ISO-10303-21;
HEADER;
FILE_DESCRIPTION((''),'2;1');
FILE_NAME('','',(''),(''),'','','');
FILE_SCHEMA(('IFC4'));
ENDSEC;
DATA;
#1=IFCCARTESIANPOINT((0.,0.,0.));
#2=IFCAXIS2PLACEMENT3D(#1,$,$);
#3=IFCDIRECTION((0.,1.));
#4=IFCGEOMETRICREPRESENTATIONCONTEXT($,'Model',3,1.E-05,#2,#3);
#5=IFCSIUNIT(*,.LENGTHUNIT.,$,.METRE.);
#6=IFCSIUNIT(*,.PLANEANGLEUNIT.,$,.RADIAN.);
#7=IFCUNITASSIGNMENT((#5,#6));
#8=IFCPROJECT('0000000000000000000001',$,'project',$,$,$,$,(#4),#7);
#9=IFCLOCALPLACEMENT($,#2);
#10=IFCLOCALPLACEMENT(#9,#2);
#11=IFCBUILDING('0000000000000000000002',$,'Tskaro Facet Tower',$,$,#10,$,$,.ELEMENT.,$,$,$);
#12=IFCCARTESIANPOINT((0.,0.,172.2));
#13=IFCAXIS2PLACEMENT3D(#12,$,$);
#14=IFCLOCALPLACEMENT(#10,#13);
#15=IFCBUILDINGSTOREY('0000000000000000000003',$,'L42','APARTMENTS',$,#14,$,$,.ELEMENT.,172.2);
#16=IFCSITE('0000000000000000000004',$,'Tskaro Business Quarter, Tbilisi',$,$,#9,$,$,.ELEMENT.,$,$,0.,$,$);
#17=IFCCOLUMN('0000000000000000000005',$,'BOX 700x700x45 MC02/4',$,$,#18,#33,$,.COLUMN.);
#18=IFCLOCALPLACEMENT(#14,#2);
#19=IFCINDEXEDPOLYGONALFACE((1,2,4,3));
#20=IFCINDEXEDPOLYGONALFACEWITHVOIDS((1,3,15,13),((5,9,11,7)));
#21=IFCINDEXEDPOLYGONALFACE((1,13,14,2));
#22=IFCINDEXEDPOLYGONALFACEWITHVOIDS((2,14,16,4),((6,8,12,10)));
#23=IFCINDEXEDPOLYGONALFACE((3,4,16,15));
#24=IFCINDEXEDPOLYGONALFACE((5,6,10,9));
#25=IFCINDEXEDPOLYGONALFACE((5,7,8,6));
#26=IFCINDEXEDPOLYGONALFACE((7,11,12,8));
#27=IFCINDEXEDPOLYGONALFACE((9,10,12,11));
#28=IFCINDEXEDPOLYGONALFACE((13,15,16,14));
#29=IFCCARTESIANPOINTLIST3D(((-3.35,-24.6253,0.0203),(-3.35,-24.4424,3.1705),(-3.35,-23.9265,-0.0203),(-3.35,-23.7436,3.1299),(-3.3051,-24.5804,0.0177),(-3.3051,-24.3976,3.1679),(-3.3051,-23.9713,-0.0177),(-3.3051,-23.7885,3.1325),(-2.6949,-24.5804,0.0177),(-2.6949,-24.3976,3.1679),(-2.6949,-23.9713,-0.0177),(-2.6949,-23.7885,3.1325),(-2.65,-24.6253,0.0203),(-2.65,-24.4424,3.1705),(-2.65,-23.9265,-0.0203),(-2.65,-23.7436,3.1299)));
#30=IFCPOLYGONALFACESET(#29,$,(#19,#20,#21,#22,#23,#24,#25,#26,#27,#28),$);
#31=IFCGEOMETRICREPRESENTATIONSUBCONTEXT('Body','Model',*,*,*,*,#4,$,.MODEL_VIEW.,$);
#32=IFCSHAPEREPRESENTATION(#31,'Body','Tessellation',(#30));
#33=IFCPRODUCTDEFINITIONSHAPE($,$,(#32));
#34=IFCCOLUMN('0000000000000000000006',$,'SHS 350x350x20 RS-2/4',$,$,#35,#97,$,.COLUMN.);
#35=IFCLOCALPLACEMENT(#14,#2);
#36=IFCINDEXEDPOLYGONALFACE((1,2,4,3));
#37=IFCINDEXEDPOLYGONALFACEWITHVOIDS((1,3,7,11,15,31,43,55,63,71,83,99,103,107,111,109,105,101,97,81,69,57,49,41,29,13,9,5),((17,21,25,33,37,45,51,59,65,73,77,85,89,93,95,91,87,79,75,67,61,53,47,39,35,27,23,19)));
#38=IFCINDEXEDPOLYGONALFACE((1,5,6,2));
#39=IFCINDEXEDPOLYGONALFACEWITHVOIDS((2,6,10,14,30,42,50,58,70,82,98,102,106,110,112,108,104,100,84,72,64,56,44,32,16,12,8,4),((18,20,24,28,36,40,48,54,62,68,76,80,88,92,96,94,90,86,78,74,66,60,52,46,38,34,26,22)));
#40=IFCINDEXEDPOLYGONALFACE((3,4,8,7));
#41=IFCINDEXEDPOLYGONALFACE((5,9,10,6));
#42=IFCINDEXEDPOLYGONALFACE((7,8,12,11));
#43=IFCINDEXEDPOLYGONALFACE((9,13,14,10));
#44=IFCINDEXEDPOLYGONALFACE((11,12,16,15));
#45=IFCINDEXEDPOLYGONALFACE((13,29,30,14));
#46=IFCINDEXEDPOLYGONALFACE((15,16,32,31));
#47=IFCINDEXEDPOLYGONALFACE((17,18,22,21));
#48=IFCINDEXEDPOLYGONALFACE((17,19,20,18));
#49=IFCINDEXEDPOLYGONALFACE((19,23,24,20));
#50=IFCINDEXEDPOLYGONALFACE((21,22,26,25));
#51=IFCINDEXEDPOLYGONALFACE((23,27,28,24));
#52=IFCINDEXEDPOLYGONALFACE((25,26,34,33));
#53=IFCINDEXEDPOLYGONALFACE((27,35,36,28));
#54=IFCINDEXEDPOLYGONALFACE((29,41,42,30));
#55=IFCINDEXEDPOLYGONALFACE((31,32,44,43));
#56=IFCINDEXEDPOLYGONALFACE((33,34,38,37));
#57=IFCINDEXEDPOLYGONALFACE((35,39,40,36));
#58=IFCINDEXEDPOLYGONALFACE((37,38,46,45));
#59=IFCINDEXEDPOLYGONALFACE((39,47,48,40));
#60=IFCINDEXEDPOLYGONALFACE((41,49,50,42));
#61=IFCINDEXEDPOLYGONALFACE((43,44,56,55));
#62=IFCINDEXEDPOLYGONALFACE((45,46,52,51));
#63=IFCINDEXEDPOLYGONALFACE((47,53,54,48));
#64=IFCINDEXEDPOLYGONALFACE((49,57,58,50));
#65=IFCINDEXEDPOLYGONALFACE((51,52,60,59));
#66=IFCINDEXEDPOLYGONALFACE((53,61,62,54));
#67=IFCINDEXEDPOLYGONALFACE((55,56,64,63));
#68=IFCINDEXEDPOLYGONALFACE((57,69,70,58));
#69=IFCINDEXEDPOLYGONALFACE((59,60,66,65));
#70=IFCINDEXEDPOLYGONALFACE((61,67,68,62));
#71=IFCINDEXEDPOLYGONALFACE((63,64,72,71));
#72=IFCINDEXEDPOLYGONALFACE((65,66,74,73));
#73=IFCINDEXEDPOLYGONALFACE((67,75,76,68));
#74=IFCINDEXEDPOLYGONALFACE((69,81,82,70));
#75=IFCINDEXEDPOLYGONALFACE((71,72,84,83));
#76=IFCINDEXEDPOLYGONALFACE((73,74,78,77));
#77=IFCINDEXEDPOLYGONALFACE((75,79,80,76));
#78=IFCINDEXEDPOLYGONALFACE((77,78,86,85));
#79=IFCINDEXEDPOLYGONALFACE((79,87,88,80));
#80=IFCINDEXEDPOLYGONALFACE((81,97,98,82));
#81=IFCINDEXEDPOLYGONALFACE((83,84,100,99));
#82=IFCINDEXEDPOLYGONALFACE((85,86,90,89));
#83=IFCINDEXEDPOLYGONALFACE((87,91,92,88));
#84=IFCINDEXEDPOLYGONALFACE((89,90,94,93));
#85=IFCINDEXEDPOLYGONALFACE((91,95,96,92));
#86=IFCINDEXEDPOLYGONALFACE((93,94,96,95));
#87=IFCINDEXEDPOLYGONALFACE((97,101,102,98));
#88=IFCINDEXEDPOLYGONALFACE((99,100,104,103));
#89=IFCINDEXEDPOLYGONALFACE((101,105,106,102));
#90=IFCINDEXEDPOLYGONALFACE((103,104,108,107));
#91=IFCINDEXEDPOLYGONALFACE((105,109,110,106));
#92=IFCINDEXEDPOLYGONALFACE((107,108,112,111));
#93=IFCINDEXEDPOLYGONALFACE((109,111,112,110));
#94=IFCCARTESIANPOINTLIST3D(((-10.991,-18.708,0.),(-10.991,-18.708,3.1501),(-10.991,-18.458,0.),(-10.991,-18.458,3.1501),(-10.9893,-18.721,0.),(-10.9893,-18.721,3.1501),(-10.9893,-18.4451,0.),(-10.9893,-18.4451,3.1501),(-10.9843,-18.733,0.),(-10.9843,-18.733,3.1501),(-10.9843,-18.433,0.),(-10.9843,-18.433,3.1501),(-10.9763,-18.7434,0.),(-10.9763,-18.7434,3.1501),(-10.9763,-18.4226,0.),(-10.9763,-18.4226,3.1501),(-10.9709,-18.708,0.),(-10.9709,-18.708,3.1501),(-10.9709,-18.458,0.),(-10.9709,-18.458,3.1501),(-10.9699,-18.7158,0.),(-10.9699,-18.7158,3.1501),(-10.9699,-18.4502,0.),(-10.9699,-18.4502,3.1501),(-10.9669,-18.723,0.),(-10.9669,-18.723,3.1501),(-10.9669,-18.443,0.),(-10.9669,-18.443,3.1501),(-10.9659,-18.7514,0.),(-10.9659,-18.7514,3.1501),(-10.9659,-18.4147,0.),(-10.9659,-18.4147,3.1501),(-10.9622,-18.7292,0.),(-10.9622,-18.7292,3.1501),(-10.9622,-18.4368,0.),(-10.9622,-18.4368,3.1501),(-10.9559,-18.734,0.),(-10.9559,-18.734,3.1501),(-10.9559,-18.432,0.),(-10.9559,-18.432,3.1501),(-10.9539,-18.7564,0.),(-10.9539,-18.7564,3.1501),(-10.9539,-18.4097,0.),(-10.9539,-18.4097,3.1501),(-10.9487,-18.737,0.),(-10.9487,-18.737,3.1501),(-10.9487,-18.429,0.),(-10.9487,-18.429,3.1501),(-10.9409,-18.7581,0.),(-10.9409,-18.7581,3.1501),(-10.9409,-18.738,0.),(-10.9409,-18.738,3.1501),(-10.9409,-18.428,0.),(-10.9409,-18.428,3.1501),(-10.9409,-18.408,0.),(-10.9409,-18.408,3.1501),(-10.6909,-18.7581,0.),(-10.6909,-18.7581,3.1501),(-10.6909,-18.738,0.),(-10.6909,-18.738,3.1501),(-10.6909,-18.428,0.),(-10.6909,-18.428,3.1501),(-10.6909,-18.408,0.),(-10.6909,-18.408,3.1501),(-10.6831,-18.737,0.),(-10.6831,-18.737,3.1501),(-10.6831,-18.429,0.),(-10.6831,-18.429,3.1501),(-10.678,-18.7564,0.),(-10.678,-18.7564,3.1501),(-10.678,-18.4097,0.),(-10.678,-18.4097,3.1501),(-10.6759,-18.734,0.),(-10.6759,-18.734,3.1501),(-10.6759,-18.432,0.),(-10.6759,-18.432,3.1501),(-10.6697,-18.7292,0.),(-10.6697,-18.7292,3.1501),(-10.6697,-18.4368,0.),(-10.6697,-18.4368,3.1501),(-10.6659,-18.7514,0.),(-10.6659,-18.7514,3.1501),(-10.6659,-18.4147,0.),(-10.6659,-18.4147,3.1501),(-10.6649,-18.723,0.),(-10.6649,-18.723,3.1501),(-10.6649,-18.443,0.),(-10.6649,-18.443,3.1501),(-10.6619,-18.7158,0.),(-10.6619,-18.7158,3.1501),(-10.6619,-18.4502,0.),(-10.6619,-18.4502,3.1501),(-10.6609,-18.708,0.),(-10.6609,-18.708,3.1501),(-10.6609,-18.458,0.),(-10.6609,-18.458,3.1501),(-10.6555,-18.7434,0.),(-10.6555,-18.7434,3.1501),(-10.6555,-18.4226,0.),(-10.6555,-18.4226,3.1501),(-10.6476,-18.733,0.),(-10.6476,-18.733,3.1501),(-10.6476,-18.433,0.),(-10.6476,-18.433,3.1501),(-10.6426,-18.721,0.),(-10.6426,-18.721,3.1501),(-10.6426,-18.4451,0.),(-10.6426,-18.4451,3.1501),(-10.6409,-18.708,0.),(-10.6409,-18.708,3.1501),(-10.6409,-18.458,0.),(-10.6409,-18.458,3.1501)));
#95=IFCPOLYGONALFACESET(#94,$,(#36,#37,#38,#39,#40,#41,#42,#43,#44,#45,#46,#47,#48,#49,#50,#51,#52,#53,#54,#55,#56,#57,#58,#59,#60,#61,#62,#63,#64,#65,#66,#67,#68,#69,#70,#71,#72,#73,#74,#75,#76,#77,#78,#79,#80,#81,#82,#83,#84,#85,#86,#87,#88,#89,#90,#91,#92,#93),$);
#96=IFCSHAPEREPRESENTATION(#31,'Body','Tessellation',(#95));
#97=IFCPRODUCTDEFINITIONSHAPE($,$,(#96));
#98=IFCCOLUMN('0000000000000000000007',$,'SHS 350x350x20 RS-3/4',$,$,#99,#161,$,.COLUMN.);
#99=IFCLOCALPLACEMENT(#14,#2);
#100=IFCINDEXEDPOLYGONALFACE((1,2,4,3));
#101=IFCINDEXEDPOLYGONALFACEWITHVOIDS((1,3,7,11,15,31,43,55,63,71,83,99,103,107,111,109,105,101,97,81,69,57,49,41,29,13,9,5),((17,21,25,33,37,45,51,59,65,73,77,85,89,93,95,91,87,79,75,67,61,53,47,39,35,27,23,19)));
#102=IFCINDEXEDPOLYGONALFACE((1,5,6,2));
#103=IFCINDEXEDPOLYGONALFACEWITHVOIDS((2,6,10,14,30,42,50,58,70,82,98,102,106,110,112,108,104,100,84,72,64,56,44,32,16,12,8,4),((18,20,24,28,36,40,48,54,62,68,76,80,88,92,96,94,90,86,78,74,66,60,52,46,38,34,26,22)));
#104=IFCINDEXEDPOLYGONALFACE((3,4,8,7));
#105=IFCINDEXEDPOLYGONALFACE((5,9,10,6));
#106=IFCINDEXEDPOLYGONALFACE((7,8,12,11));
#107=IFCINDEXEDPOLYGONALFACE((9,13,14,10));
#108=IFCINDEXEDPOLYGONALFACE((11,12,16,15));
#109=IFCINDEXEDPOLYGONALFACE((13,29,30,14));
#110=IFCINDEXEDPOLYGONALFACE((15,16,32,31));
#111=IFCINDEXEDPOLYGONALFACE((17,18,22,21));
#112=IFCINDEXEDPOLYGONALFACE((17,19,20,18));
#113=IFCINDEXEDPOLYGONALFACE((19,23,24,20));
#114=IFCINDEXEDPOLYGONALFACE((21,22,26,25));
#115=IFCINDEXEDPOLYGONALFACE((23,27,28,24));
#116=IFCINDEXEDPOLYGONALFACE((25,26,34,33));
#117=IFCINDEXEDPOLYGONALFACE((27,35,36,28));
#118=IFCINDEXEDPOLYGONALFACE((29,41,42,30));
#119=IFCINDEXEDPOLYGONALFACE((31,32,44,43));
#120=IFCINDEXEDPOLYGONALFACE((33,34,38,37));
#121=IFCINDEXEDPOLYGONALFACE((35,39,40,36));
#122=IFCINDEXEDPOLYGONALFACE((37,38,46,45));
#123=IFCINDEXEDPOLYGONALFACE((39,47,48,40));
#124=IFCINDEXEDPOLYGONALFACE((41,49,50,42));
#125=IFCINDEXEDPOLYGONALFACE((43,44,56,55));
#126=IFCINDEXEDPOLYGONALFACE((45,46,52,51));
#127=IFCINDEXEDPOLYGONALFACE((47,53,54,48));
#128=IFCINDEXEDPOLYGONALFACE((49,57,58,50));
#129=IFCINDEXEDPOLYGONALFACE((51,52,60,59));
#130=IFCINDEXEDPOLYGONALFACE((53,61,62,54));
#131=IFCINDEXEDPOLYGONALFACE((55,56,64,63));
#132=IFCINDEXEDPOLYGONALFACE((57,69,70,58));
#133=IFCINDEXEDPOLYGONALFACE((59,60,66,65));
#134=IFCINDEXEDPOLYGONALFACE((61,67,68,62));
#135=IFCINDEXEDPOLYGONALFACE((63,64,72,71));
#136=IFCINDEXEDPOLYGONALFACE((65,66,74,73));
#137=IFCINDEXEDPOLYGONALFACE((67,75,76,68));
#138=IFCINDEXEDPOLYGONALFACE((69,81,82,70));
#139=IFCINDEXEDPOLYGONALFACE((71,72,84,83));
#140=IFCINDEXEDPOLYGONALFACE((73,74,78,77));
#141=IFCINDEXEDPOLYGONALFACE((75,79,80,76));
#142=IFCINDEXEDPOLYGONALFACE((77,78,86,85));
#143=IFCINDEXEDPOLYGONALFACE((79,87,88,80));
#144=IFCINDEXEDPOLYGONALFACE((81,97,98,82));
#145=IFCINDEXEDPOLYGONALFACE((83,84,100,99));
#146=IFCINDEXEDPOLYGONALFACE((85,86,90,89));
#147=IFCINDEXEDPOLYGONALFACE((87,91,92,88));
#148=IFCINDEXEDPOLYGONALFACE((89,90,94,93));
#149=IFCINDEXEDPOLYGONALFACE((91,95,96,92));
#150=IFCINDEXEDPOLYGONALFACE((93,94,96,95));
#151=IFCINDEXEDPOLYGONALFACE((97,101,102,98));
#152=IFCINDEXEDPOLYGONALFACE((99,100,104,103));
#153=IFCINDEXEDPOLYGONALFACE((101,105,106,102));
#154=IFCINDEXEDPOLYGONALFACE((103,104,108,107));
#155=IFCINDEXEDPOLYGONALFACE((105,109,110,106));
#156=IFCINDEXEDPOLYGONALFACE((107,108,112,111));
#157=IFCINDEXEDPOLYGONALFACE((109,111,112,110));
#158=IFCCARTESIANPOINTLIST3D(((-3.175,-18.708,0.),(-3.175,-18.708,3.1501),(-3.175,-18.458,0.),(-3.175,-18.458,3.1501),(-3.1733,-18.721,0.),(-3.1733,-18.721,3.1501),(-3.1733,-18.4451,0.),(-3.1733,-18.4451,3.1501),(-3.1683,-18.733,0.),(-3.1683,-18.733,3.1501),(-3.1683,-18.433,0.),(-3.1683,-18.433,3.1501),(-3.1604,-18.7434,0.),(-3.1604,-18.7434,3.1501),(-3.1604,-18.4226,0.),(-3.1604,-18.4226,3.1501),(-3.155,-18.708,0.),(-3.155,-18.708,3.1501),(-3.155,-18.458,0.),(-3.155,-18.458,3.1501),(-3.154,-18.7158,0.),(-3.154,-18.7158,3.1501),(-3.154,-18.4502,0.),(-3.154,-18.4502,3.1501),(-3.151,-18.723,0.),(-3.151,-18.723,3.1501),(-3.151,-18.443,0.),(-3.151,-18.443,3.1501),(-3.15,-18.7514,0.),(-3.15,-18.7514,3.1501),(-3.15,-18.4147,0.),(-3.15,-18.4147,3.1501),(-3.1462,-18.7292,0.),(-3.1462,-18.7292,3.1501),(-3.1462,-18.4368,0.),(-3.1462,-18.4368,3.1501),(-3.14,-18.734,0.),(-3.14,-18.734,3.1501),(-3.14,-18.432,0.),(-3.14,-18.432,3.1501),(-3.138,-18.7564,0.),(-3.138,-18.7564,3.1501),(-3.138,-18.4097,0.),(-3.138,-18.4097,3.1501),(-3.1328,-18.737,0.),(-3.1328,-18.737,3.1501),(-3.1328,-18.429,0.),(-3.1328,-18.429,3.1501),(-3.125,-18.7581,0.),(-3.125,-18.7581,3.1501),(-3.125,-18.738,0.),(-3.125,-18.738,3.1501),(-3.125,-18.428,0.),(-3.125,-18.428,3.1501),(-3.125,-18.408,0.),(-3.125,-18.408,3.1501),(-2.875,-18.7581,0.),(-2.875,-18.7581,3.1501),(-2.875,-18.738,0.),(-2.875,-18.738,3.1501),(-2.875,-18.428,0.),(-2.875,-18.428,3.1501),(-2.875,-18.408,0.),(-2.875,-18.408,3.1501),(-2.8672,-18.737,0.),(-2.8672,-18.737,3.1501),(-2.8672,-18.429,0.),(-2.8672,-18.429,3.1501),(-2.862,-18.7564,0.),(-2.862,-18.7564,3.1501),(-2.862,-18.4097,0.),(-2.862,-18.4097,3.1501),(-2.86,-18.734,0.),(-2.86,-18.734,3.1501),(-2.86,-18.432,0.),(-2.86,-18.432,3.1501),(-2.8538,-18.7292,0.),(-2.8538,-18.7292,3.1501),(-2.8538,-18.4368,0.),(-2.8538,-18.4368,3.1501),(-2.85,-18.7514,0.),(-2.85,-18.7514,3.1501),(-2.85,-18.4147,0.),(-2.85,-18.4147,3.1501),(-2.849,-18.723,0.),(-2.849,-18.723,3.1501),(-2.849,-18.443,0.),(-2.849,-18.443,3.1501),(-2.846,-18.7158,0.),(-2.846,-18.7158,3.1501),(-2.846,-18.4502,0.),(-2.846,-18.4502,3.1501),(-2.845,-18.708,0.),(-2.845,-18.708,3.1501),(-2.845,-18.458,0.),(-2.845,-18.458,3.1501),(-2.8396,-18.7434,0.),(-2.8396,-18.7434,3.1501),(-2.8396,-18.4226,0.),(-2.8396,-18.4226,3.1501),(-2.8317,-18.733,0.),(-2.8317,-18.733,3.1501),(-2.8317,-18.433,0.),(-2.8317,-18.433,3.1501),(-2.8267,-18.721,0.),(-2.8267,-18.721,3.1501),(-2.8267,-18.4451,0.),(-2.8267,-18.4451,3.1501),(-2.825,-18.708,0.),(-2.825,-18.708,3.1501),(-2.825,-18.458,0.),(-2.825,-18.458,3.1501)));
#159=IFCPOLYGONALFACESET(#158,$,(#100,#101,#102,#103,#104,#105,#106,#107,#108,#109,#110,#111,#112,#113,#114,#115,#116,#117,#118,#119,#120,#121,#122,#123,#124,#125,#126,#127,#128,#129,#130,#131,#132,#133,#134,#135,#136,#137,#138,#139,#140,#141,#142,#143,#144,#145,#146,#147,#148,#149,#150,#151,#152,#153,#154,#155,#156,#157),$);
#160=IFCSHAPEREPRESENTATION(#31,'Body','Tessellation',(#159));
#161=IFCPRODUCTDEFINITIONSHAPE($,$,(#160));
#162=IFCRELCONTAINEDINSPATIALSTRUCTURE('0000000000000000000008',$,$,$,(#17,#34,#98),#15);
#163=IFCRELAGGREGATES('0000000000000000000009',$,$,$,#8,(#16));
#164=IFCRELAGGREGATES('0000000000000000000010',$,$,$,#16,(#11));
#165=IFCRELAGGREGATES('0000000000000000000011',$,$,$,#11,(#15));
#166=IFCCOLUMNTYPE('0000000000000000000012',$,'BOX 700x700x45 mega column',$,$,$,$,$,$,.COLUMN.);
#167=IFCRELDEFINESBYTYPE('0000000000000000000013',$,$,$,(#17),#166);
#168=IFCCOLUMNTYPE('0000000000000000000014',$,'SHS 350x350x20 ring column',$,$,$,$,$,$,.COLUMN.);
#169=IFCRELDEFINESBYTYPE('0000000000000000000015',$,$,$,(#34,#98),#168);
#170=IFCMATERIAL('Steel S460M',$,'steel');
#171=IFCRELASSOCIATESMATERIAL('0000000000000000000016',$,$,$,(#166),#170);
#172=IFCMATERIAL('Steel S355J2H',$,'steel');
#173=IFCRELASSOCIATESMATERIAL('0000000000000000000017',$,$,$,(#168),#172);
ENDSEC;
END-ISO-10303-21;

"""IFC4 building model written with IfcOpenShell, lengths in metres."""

from ifc_helpers import new_model, si_unit, direction, frame, origin, origin_2d, place, context, subcontext, project, spatial, hollow_rectangle, extrude, material, material_profile, profile_set, type_object, element, save


model = new_model("IFC4")

# Units and contexts
model_context = context("Model", 3, precision=1e-05, world=origin(), true_north=direction((0.0, 1.0)))
body_context = subcontext(model_context, "Body", "Model", "MODEL_VIEW")
ifc_project = project(units=[si_unit("LENGTHUNIT", "METRE"), si_unit("PLANEANGLEUNIT", "RADIAN")], contexts=[model_context])

# Site, building, storey
site_placement = place(None, origin())
site = spatial("IfcSite", under=ifc_project, at=site_placement, Name="Tskaro Business Quarter, Tbilisi", CompositionType="ELEMENT", RefElevation=0.0)
building_placement = place(site_placement, origin())
building = spatial("IfcBuilding", under=site, at=building_placement, Name="Tskaro Facet Tower", CompositionType="ELEMENT")
storey_placement = place(building_placement, frame((0.0, 0.0, 172.2)))
storey = spatial("IfcBuildingStorey", under=building, at=storey_placement, Name="L42", Description="APARTMENTS", CompositionType="ELEMENT", Elevation=172.2)

# Columns
ifc_material_1 = material(Name="Steel S460M", Category="steel")
ifc_material_profile_1 = material_profile(ifc_material_1, hollow_rectangle(XDim=0.7, YDim=0.7, WallThickness=0.0449, at=origin_2d()), Name="BOX 700x700x45")
ifc_profile_set_1 = profile_set([ifc_material_profile_1], Name="Steel S460M")
column_type_1 = type_object("IfcColumnType", Name="BOX 700x700x45 mega column", PredefinedType="COLUMN", material=ifc_profile_set_1)
column_placement = place(storey_placement, frame((-3.0, -24.2759, 0.0), z_axis=(0.0, 0.057951, 0.998319), x_axis=(-1.0, 0.0, 0.0)))
element("IfcColumn", 1, at=column_placement, inside=storey, type_object=column_type_1, Name="BOX 700x700x45 MC02/4", PredefinedType="COLUMN", context=body_context, shape_type="SweptSolid", body=[
    extrude(hollow_rectangle(XDim=0.7, YDim=0.7, WallThickness=0.0449, at=origin_2d()), origin(), (0.0, 0.0, 1.0), 3.1555),
])
ifc_material_2 = material(Name="Steel S355J2H", Category="steel")
ifc_material_profile_2 = material_profile(ifc_material_2, hollow_rectangle(XDim=0.3501, YDim=0.3501, WallThickness=0.02, InnerFilletRadius=0.03, OuterFilletRadius=0.05, at=origin_2d()), Name="SHS 350x350x20")
ifc_profile_set_2 = profile_set([ifc_material_profile_2], Name="Steel S355J2H")
column_type_2 = type_object("IfcColumnType", Name="SHS 350x350x20 ring column", PredefinedType="COLUMN", material=ifc_profile_set_2)
for number, where, z_axis, x_axis, name in (
    (2, (-10.8159, -18.583, 0.0), (0.0, 0.0, 1.0), (1.0, 0.0, 0.0), "SHS 350x350x20 RS-2/4"),
    (3, (-3.0, -18.583, 0.0), (0.0, 0.0, 1.0), (1.0, 0.0, 0.0), "SHS 350x350x20 RS-3/4"),
):
    element("IfcColumn", number, at=place(storey_placement, frame(where, z_axis=z_axis, x_axis=x_axis)), inside=storey, type_object=column_type_2, Name=name, PredefinedType="COLUMN", context=body_context, shape_type="SweptSolid", body=[
        extrude(hollow_rectangle(XDim=0.3501, YDim=0.3501, WallThickness=0.02, InnerFilletRadius=0.03, OuterFilletRadius=0.05, at=origin_2d()), origin(), (0.0, 0.0, 1.0), 3.1501),
    ])

save(model, "model.ifc")
